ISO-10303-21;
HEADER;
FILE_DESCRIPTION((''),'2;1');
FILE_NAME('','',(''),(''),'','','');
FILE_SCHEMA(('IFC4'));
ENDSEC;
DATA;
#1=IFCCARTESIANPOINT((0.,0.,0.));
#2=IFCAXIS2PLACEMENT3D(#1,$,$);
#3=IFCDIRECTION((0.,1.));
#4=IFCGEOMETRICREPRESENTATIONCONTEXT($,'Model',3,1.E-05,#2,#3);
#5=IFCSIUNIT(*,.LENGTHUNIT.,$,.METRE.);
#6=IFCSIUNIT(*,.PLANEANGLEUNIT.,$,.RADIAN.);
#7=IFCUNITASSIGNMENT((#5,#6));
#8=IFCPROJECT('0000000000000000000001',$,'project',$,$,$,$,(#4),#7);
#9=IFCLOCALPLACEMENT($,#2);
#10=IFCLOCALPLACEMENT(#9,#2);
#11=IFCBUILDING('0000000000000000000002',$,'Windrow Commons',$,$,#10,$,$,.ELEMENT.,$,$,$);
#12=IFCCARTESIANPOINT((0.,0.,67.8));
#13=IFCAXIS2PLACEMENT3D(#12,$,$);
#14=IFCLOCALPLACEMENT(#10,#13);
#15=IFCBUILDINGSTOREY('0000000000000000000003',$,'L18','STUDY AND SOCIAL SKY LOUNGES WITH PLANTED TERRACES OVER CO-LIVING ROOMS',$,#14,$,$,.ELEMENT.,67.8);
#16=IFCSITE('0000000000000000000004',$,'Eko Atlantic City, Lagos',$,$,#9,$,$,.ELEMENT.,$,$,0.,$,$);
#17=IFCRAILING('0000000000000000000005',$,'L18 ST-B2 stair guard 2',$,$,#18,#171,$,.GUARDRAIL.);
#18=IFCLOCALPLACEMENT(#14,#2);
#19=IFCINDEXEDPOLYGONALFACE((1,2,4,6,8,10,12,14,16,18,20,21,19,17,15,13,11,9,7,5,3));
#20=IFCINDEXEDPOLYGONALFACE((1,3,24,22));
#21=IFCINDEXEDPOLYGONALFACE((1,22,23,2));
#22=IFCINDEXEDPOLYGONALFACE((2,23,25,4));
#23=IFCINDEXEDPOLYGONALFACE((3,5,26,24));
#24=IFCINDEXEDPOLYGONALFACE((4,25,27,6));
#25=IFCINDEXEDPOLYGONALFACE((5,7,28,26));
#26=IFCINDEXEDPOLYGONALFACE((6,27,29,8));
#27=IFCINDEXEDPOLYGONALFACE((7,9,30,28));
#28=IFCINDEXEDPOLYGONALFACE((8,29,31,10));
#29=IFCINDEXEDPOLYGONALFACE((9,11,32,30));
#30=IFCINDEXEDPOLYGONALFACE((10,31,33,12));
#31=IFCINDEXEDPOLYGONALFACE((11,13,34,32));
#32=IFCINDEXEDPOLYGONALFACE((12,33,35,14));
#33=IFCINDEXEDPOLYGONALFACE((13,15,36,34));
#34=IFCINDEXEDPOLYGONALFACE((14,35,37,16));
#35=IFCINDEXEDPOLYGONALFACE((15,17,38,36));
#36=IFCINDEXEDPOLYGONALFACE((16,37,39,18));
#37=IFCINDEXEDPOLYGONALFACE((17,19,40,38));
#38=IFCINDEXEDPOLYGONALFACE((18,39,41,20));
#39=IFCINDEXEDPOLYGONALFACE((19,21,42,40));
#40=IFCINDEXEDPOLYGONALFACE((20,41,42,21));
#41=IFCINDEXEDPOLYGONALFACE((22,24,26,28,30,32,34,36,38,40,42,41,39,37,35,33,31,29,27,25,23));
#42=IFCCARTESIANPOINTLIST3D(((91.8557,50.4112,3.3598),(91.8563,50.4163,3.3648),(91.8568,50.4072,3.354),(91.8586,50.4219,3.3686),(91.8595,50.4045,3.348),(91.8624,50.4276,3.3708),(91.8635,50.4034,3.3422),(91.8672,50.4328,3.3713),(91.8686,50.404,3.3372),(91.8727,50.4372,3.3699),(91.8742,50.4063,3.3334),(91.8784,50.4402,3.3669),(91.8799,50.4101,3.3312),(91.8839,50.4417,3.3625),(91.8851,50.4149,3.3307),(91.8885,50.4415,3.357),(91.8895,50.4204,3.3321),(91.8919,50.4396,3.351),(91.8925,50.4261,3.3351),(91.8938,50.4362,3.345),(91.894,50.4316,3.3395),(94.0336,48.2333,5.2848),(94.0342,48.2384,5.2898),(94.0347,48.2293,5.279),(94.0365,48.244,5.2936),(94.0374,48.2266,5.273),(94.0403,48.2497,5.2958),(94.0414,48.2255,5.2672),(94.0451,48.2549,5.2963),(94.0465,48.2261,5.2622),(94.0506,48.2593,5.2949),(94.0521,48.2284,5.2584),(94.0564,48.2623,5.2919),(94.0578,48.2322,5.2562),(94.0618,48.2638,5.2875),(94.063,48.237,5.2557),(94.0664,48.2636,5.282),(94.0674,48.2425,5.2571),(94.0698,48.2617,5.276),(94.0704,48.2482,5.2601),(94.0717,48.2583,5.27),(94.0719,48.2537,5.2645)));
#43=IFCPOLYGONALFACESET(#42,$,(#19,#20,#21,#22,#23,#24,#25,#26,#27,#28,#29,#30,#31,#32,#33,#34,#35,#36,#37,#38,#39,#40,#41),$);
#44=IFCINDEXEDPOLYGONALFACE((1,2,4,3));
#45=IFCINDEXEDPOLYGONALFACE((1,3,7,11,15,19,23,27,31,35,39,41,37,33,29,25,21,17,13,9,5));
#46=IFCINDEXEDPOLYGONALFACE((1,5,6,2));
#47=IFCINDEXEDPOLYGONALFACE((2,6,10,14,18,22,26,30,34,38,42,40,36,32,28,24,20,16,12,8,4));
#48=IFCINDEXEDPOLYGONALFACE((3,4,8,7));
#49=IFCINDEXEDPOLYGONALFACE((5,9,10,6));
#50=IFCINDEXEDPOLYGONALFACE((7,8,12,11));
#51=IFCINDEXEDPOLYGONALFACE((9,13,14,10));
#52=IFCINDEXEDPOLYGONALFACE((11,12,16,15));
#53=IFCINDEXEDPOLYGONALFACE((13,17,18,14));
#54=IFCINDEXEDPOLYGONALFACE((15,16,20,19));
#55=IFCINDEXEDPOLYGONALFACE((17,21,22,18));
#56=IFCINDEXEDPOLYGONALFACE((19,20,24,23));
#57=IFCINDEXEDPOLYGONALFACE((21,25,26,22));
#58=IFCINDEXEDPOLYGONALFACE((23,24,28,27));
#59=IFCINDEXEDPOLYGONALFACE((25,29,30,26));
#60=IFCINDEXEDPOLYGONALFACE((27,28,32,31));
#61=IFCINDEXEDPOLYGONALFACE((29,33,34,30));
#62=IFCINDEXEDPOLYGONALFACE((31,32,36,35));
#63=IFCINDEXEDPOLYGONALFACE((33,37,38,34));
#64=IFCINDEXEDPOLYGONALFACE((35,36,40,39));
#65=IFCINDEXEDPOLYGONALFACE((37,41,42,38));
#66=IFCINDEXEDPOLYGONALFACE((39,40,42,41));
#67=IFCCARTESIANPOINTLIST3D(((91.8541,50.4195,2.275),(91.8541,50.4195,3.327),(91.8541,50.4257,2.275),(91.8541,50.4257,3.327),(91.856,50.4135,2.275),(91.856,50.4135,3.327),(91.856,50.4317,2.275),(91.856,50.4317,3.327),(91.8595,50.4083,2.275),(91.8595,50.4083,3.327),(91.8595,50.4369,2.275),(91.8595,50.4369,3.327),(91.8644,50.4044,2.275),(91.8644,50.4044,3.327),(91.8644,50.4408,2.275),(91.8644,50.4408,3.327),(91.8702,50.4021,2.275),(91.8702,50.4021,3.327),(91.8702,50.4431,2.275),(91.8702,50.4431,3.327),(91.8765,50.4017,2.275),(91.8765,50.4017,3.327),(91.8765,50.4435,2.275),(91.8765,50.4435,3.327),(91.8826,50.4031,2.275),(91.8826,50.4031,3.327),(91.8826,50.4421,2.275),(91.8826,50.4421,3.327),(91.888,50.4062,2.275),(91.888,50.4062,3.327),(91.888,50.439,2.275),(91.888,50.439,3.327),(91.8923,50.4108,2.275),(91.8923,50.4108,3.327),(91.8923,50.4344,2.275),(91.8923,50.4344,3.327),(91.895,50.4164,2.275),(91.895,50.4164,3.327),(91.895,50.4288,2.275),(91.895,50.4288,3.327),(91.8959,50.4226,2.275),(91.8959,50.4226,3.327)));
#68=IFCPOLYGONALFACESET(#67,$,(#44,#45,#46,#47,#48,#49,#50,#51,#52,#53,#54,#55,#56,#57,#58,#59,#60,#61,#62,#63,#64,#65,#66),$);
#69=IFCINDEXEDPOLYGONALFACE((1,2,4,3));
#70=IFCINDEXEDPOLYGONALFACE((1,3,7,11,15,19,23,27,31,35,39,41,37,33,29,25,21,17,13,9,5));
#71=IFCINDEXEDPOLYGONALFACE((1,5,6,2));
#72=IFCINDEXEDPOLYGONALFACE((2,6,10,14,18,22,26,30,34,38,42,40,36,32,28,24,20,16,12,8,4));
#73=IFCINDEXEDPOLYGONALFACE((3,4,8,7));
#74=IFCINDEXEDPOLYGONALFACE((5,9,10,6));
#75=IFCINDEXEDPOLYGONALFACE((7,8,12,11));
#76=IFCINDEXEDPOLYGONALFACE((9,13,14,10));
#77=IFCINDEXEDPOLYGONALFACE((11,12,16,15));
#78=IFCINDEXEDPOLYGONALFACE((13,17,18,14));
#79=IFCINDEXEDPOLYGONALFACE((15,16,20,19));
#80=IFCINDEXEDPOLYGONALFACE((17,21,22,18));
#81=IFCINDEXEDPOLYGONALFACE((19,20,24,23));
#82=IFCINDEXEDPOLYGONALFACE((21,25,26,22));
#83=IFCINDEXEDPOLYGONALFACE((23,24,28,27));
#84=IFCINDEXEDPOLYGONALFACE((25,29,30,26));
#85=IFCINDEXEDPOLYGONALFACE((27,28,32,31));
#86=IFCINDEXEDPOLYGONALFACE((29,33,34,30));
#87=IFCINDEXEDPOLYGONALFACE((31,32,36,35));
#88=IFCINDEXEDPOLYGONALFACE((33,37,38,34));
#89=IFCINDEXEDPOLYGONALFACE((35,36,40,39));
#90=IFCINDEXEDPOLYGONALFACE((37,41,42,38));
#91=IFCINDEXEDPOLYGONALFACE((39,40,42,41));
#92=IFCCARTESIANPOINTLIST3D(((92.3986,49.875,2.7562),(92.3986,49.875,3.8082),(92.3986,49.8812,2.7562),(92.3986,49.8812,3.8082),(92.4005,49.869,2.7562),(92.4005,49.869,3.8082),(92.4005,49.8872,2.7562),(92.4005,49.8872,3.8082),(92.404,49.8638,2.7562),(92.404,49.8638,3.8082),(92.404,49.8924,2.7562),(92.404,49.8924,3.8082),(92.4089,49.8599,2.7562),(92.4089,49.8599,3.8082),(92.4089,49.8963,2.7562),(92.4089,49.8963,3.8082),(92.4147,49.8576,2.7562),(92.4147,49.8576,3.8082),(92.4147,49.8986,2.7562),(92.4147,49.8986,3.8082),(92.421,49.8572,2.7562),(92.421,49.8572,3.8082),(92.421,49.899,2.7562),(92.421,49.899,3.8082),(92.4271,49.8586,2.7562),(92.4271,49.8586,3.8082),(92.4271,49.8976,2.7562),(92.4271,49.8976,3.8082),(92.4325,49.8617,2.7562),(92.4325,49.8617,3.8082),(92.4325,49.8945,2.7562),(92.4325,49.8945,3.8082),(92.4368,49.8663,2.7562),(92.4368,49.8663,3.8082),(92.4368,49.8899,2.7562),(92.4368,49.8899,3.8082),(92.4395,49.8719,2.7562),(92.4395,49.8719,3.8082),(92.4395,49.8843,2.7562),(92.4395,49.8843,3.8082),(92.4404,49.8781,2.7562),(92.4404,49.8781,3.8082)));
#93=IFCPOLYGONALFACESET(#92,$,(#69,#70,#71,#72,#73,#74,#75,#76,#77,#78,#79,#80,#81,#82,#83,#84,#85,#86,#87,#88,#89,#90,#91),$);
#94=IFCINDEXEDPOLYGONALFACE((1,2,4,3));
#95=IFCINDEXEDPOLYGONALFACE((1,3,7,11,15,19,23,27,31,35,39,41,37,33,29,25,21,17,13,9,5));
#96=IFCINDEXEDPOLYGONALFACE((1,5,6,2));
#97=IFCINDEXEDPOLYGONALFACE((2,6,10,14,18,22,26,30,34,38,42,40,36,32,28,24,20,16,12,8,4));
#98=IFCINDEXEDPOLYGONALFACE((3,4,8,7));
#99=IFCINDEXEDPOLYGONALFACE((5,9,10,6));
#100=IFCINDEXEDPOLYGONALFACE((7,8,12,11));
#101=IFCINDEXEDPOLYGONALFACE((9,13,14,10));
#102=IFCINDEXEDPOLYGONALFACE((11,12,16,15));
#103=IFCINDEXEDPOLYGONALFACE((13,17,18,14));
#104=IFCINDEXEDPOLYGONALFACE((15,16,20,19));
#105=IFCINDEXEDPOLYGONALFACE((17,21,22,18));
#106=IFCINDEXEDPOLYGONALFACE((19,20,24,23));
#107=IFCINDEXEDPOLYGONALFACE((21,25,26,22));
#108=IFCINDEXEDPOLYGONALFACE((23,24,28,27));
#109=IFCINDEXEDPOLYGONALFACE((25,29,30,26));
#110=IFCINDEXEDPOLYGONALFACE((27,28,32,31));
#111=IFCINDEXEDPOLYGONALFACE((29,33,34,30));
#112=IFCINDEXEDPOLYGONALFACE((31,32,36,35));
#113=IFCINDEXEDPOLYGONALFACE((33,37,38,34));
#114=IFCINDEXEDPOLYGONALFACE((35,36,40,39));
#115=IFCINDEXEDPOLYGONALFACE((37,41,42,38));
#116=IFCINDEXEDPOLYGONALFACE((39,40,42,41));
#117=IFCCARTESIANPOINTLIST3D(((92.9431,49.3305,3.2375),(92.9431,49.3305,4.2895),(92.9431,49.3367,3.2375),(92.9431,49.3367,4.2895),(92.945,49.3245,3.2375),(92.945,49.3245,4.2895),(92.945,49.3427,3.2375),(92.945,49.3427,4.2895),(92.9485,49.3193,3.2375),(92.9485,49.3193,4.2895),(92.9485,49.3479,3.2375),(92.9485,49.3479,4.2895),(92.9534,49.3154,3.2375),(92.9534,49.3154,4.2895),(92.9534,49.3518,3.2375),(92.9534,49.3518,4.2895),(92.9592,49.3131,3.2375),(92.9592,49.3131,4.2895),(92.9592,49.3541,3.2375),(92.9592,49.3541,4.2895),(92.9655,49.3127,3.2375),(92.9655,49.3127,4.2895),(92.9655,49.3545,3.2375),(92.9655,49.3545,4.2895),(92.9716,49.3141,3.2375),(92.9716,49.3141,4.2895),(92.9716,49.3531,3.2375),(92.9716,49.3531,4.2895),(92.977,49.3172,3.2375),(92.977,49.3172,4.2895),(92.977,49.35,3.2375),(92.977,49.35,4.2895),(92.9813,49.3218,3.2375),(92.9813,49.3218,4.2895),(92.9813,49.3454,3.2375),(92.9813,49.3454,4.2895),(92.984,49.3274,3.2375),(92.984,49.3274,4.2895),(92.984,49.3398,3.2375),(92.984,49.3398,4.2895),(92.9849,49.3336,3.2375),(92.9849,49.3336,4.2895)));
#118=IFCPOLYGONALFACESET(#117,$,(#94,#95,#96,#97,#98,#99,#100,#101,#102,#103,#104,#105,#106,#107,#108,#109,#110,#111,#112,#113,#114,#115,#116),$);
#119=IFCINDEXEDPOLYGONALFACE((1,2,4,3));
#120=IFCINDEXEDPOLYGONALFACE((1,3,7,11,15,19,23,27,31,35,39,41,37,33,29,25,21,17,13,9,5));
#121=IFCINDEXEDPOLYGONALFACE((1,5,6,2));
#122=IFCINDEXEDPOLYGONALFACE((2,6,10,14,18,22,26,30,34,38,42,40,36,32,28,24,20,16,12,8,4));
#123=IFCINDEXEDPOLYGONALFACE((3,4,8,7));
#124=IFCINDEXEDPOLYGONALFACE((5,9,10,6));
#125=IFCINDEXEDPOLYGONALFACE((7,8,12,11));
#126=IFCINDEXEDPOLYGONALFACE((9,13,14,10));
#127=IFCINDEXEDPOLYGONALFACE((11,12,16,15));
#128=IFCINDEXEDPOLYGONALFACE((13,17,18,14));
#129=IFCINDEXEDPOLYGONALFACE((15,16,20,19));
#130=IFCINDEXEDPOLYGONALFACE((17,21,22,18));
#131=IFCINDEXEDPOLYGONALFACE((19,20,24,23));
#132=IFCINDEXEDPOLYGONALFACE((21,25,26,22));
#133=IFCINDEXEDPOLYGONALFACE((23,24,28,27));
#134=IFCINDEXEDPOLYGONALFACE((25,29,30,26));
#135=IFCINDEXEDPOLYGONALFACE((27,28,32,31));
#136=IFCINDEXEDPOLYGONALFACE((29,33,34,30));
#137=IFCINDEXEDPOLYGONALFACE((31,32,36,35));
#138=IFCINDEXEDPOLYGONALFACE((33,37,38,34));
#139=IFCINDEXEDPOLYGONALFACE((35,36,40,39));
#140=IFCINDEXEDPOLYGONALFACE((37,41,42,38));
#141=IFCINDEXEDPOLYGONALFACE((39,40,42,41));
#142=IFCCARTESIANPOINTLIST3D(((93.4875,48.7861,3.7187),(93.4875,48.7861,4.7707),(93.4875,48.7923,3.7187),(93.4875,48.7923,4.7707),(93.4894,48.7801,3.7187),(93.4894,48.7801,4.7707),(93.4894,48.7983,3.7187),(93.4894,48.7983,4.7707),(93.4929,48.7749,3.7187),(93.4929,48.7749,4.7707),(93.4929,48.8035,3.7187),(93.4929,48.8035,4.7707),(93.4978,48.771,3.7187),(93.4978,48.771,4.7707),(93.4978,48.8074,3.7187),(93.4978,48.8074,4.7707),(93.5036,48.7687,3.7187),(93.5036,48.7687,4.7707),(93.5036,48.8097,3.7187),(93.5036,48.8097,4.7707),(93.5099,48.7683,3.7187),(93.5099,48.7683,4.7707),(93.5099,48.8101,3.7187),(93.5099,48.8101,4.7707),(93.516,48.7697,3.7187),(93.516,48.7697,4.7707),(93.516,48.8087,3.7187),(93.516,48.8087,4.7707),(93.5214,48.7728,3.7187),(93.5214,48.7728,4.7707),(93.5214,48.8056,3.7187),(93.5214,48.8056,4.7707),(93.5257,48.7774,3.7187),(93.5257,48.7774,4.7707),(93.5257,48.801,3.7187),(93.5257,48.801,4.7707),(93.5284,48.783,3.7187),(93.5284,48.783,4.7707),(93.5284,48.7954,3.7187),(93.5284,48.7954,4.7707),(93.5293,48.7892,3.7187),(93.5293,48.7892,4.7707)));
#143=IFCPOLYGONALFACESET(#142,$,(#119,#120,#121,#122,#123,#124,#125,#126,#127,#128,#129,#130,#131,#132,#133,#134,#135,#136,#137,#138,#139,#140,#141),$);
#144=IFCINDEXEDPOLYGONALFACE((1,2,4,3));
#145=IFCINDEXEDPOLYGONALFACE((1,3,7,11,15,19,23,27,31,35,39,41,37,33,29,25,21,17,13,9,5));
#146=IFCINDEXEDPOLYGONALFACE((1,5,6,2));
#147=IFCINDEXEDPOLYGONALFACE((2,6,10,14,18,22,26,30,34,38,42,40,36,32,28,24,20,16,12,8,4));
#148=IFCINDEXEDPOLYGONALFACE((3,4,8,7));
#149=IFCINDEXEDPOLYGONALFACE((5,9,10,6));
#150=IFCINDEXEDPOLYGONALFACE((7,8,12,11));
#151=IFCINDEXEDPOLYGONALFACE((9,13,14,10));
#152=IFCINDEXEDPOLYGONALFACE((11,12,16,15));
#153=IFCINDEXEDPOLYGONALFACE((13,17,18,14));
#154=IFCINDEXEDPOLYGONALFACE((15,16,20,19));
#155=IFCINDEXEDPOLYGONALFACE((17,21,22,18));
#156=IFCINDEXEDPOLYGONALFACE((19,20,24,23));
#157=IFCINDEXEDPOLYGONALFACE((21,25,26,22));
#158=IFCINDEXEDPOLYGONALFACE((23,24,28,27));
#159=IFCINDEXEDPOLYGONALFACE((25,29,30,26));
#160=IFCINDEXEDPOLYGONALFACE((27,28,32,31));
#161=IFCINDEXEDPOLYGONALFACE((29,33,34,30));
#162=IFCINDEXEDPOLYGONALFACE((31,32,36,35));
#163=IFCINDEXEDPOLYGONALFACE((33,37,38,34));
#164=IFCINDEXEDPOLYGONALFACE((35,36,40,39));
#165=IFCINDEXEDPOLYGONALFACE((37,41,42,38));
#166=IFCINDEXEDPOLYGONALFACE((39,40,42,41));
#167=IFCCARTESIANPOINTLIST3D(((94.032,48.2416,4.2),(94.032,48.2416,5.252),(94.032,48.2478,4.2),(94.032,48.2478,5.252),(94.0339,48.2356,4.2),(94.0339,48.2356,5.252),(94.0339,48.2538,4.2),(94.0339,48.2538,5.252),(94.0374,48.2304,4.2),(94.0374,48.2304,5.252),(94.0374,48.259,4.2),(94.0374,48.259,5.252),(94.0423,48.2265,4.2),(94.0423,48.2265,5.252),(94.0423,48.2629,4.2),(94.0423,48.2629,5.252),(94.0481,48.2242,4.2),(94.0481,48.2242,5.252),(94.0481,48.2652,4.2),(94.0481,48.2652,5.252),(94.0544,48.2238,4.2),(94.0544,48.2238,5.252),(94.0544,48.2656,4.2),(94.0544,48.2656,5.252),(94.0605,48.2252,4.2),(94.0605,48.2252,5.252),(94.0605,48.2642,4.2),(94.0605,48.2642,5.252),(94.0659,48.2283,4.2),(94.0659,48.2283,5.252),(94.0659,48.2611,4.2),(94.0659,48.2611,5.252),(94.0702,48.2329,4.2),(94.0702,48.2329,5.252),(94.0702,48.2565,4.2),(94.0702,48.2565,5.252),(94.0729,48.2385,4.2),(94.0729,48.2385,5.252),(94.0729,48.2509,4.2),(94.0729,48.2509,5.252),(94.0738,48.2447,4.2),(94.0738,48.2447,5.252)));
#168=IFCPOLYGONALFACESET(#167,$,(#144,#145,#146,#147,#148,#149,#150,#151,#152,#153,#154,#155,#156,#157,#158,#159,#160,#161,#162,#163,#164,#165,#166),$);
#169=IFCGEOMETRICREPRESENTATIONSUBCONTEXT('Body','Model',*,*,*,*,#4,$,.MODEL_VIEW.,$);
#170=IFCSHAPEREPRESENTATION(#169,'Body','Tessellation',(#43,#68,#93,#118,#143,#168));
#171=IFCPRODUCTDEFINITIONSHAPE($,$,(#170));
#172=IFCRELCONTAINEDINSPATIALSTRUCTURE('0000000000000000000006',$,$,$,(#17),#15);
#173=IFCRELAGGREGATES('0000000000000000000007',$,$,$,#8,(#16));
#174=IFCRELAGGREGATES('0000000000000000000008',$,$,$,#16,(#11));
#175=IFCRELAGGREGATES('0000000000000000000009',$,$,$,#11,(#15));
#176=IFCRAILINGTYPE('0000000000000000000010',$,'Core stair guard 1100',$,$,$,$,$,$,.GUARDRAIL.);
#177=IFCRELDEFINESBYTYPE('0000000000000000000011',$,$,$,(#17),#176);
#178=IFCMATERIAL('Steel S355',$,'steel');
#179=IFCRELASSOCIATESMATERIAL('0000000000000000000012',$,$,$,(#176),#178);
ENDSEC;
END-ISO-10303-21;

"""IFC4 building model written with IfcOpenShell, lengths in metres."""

from ifc_helpers import new_model, si_unit, direction, frame, origin, origin_2d, place, context, subcontext, project, spatial, circle, extrude, material, type_object, element, save


model = new_model("IFC4")

# Units and contexts
model_context = context("Model", 3, precision=1e-05, world=origin(), true_north=direction((0.0, 1.0)))
body_context = subcontext(model_context, "Body", "Model", "MODEL_VIEW")
ifc_project = project(units=[si_unit("LENGTHUNIT", "METRE"), si_unit("PLANEANGLEUNIT", "RADIAN")], contexts=[model_context])

# Site, building, storey
site_placement = place(None, origin())
site = spatial("IfcSite", under=ifc_project, at=site_placement, Name="Eko Atlantic City, Lagos", CompositionType="ELEMENT", RefElevation=0.0)
building_placement = place(site_placement, origin())
building = spatial("IfcBuilding", under=site, at=building_placement, Name="Windrow Commons", CompositionType="ELEMENT")
storey_placement = place(building_placement, frame((0.0, 0.0, 67.8)))
storey = spatial("IfcBuildingStorey", under=building, at=storey_placement, Name="L18", Description="STUDY AND SOCIAL SKY LOUNGES WITH PLANTED TERRACES OVER CO-LIVING ROOMS", CompositionType="ELEMENT", Elevation=67.8)

# Railing
ifc_material_1 = material(Name="Steel S355", Category="steel")
railing_type_1 = type_object("IfcRailingType", Name="Core stair guard 1100", PredefinedType="GUARDRAIL", material=ifc_material_1)
railing_1_placement = place(storey_placement, frame((91.8749, 50.4226, 2.275)))
element("IfcRailing", 1, at=railing_1_placement, inside=storey, type_object=railing_type_1, Name="L18 ST-B2 stair guard 2", PredefinedType="GUARDRAIL", context=body_context, shape_type="SweptSolid", body=[
    extrude(circle(Radius=0.024, at=origin_2d()), frame((0.0, 0.0, 1.076), z_axis=(0.599626, -0.599626, 0.529997), x_axis=(0.707107, 0.707107, 0.0)), (0.0, 0.0, 1.0), 3.6321),
    extrude(circle(Radius=0.021, at=origin_2d()), origin(), (0.0, 0.0, 1.0), 1.052),
    extrude(circle(Radius=0.021, at=origin_2d()), frame((0.5445, -0.5445, 0.4812)), (0.0, 0.0, 1.0), 1.052),
    extrude(circle(Radius=0.021, at=origin_2d()), frame((1.089, -1.089, 0.9625)), (0.0, 0.0, 1.0), 1.052),
    extrude(circle(Radius=0.021, at=origin_2d()), frame((1.6334, -1.6334, 1.4437)), (0.0, 0.0, 1.0), 1.052),
    extrude(circle(Radius=0.021, at=origin_2d()), frame((2.1779, -2.1779, 1.925)), (0.0, 0.0, 1.0), 1.052),
])

save(model, "model.ifc")
